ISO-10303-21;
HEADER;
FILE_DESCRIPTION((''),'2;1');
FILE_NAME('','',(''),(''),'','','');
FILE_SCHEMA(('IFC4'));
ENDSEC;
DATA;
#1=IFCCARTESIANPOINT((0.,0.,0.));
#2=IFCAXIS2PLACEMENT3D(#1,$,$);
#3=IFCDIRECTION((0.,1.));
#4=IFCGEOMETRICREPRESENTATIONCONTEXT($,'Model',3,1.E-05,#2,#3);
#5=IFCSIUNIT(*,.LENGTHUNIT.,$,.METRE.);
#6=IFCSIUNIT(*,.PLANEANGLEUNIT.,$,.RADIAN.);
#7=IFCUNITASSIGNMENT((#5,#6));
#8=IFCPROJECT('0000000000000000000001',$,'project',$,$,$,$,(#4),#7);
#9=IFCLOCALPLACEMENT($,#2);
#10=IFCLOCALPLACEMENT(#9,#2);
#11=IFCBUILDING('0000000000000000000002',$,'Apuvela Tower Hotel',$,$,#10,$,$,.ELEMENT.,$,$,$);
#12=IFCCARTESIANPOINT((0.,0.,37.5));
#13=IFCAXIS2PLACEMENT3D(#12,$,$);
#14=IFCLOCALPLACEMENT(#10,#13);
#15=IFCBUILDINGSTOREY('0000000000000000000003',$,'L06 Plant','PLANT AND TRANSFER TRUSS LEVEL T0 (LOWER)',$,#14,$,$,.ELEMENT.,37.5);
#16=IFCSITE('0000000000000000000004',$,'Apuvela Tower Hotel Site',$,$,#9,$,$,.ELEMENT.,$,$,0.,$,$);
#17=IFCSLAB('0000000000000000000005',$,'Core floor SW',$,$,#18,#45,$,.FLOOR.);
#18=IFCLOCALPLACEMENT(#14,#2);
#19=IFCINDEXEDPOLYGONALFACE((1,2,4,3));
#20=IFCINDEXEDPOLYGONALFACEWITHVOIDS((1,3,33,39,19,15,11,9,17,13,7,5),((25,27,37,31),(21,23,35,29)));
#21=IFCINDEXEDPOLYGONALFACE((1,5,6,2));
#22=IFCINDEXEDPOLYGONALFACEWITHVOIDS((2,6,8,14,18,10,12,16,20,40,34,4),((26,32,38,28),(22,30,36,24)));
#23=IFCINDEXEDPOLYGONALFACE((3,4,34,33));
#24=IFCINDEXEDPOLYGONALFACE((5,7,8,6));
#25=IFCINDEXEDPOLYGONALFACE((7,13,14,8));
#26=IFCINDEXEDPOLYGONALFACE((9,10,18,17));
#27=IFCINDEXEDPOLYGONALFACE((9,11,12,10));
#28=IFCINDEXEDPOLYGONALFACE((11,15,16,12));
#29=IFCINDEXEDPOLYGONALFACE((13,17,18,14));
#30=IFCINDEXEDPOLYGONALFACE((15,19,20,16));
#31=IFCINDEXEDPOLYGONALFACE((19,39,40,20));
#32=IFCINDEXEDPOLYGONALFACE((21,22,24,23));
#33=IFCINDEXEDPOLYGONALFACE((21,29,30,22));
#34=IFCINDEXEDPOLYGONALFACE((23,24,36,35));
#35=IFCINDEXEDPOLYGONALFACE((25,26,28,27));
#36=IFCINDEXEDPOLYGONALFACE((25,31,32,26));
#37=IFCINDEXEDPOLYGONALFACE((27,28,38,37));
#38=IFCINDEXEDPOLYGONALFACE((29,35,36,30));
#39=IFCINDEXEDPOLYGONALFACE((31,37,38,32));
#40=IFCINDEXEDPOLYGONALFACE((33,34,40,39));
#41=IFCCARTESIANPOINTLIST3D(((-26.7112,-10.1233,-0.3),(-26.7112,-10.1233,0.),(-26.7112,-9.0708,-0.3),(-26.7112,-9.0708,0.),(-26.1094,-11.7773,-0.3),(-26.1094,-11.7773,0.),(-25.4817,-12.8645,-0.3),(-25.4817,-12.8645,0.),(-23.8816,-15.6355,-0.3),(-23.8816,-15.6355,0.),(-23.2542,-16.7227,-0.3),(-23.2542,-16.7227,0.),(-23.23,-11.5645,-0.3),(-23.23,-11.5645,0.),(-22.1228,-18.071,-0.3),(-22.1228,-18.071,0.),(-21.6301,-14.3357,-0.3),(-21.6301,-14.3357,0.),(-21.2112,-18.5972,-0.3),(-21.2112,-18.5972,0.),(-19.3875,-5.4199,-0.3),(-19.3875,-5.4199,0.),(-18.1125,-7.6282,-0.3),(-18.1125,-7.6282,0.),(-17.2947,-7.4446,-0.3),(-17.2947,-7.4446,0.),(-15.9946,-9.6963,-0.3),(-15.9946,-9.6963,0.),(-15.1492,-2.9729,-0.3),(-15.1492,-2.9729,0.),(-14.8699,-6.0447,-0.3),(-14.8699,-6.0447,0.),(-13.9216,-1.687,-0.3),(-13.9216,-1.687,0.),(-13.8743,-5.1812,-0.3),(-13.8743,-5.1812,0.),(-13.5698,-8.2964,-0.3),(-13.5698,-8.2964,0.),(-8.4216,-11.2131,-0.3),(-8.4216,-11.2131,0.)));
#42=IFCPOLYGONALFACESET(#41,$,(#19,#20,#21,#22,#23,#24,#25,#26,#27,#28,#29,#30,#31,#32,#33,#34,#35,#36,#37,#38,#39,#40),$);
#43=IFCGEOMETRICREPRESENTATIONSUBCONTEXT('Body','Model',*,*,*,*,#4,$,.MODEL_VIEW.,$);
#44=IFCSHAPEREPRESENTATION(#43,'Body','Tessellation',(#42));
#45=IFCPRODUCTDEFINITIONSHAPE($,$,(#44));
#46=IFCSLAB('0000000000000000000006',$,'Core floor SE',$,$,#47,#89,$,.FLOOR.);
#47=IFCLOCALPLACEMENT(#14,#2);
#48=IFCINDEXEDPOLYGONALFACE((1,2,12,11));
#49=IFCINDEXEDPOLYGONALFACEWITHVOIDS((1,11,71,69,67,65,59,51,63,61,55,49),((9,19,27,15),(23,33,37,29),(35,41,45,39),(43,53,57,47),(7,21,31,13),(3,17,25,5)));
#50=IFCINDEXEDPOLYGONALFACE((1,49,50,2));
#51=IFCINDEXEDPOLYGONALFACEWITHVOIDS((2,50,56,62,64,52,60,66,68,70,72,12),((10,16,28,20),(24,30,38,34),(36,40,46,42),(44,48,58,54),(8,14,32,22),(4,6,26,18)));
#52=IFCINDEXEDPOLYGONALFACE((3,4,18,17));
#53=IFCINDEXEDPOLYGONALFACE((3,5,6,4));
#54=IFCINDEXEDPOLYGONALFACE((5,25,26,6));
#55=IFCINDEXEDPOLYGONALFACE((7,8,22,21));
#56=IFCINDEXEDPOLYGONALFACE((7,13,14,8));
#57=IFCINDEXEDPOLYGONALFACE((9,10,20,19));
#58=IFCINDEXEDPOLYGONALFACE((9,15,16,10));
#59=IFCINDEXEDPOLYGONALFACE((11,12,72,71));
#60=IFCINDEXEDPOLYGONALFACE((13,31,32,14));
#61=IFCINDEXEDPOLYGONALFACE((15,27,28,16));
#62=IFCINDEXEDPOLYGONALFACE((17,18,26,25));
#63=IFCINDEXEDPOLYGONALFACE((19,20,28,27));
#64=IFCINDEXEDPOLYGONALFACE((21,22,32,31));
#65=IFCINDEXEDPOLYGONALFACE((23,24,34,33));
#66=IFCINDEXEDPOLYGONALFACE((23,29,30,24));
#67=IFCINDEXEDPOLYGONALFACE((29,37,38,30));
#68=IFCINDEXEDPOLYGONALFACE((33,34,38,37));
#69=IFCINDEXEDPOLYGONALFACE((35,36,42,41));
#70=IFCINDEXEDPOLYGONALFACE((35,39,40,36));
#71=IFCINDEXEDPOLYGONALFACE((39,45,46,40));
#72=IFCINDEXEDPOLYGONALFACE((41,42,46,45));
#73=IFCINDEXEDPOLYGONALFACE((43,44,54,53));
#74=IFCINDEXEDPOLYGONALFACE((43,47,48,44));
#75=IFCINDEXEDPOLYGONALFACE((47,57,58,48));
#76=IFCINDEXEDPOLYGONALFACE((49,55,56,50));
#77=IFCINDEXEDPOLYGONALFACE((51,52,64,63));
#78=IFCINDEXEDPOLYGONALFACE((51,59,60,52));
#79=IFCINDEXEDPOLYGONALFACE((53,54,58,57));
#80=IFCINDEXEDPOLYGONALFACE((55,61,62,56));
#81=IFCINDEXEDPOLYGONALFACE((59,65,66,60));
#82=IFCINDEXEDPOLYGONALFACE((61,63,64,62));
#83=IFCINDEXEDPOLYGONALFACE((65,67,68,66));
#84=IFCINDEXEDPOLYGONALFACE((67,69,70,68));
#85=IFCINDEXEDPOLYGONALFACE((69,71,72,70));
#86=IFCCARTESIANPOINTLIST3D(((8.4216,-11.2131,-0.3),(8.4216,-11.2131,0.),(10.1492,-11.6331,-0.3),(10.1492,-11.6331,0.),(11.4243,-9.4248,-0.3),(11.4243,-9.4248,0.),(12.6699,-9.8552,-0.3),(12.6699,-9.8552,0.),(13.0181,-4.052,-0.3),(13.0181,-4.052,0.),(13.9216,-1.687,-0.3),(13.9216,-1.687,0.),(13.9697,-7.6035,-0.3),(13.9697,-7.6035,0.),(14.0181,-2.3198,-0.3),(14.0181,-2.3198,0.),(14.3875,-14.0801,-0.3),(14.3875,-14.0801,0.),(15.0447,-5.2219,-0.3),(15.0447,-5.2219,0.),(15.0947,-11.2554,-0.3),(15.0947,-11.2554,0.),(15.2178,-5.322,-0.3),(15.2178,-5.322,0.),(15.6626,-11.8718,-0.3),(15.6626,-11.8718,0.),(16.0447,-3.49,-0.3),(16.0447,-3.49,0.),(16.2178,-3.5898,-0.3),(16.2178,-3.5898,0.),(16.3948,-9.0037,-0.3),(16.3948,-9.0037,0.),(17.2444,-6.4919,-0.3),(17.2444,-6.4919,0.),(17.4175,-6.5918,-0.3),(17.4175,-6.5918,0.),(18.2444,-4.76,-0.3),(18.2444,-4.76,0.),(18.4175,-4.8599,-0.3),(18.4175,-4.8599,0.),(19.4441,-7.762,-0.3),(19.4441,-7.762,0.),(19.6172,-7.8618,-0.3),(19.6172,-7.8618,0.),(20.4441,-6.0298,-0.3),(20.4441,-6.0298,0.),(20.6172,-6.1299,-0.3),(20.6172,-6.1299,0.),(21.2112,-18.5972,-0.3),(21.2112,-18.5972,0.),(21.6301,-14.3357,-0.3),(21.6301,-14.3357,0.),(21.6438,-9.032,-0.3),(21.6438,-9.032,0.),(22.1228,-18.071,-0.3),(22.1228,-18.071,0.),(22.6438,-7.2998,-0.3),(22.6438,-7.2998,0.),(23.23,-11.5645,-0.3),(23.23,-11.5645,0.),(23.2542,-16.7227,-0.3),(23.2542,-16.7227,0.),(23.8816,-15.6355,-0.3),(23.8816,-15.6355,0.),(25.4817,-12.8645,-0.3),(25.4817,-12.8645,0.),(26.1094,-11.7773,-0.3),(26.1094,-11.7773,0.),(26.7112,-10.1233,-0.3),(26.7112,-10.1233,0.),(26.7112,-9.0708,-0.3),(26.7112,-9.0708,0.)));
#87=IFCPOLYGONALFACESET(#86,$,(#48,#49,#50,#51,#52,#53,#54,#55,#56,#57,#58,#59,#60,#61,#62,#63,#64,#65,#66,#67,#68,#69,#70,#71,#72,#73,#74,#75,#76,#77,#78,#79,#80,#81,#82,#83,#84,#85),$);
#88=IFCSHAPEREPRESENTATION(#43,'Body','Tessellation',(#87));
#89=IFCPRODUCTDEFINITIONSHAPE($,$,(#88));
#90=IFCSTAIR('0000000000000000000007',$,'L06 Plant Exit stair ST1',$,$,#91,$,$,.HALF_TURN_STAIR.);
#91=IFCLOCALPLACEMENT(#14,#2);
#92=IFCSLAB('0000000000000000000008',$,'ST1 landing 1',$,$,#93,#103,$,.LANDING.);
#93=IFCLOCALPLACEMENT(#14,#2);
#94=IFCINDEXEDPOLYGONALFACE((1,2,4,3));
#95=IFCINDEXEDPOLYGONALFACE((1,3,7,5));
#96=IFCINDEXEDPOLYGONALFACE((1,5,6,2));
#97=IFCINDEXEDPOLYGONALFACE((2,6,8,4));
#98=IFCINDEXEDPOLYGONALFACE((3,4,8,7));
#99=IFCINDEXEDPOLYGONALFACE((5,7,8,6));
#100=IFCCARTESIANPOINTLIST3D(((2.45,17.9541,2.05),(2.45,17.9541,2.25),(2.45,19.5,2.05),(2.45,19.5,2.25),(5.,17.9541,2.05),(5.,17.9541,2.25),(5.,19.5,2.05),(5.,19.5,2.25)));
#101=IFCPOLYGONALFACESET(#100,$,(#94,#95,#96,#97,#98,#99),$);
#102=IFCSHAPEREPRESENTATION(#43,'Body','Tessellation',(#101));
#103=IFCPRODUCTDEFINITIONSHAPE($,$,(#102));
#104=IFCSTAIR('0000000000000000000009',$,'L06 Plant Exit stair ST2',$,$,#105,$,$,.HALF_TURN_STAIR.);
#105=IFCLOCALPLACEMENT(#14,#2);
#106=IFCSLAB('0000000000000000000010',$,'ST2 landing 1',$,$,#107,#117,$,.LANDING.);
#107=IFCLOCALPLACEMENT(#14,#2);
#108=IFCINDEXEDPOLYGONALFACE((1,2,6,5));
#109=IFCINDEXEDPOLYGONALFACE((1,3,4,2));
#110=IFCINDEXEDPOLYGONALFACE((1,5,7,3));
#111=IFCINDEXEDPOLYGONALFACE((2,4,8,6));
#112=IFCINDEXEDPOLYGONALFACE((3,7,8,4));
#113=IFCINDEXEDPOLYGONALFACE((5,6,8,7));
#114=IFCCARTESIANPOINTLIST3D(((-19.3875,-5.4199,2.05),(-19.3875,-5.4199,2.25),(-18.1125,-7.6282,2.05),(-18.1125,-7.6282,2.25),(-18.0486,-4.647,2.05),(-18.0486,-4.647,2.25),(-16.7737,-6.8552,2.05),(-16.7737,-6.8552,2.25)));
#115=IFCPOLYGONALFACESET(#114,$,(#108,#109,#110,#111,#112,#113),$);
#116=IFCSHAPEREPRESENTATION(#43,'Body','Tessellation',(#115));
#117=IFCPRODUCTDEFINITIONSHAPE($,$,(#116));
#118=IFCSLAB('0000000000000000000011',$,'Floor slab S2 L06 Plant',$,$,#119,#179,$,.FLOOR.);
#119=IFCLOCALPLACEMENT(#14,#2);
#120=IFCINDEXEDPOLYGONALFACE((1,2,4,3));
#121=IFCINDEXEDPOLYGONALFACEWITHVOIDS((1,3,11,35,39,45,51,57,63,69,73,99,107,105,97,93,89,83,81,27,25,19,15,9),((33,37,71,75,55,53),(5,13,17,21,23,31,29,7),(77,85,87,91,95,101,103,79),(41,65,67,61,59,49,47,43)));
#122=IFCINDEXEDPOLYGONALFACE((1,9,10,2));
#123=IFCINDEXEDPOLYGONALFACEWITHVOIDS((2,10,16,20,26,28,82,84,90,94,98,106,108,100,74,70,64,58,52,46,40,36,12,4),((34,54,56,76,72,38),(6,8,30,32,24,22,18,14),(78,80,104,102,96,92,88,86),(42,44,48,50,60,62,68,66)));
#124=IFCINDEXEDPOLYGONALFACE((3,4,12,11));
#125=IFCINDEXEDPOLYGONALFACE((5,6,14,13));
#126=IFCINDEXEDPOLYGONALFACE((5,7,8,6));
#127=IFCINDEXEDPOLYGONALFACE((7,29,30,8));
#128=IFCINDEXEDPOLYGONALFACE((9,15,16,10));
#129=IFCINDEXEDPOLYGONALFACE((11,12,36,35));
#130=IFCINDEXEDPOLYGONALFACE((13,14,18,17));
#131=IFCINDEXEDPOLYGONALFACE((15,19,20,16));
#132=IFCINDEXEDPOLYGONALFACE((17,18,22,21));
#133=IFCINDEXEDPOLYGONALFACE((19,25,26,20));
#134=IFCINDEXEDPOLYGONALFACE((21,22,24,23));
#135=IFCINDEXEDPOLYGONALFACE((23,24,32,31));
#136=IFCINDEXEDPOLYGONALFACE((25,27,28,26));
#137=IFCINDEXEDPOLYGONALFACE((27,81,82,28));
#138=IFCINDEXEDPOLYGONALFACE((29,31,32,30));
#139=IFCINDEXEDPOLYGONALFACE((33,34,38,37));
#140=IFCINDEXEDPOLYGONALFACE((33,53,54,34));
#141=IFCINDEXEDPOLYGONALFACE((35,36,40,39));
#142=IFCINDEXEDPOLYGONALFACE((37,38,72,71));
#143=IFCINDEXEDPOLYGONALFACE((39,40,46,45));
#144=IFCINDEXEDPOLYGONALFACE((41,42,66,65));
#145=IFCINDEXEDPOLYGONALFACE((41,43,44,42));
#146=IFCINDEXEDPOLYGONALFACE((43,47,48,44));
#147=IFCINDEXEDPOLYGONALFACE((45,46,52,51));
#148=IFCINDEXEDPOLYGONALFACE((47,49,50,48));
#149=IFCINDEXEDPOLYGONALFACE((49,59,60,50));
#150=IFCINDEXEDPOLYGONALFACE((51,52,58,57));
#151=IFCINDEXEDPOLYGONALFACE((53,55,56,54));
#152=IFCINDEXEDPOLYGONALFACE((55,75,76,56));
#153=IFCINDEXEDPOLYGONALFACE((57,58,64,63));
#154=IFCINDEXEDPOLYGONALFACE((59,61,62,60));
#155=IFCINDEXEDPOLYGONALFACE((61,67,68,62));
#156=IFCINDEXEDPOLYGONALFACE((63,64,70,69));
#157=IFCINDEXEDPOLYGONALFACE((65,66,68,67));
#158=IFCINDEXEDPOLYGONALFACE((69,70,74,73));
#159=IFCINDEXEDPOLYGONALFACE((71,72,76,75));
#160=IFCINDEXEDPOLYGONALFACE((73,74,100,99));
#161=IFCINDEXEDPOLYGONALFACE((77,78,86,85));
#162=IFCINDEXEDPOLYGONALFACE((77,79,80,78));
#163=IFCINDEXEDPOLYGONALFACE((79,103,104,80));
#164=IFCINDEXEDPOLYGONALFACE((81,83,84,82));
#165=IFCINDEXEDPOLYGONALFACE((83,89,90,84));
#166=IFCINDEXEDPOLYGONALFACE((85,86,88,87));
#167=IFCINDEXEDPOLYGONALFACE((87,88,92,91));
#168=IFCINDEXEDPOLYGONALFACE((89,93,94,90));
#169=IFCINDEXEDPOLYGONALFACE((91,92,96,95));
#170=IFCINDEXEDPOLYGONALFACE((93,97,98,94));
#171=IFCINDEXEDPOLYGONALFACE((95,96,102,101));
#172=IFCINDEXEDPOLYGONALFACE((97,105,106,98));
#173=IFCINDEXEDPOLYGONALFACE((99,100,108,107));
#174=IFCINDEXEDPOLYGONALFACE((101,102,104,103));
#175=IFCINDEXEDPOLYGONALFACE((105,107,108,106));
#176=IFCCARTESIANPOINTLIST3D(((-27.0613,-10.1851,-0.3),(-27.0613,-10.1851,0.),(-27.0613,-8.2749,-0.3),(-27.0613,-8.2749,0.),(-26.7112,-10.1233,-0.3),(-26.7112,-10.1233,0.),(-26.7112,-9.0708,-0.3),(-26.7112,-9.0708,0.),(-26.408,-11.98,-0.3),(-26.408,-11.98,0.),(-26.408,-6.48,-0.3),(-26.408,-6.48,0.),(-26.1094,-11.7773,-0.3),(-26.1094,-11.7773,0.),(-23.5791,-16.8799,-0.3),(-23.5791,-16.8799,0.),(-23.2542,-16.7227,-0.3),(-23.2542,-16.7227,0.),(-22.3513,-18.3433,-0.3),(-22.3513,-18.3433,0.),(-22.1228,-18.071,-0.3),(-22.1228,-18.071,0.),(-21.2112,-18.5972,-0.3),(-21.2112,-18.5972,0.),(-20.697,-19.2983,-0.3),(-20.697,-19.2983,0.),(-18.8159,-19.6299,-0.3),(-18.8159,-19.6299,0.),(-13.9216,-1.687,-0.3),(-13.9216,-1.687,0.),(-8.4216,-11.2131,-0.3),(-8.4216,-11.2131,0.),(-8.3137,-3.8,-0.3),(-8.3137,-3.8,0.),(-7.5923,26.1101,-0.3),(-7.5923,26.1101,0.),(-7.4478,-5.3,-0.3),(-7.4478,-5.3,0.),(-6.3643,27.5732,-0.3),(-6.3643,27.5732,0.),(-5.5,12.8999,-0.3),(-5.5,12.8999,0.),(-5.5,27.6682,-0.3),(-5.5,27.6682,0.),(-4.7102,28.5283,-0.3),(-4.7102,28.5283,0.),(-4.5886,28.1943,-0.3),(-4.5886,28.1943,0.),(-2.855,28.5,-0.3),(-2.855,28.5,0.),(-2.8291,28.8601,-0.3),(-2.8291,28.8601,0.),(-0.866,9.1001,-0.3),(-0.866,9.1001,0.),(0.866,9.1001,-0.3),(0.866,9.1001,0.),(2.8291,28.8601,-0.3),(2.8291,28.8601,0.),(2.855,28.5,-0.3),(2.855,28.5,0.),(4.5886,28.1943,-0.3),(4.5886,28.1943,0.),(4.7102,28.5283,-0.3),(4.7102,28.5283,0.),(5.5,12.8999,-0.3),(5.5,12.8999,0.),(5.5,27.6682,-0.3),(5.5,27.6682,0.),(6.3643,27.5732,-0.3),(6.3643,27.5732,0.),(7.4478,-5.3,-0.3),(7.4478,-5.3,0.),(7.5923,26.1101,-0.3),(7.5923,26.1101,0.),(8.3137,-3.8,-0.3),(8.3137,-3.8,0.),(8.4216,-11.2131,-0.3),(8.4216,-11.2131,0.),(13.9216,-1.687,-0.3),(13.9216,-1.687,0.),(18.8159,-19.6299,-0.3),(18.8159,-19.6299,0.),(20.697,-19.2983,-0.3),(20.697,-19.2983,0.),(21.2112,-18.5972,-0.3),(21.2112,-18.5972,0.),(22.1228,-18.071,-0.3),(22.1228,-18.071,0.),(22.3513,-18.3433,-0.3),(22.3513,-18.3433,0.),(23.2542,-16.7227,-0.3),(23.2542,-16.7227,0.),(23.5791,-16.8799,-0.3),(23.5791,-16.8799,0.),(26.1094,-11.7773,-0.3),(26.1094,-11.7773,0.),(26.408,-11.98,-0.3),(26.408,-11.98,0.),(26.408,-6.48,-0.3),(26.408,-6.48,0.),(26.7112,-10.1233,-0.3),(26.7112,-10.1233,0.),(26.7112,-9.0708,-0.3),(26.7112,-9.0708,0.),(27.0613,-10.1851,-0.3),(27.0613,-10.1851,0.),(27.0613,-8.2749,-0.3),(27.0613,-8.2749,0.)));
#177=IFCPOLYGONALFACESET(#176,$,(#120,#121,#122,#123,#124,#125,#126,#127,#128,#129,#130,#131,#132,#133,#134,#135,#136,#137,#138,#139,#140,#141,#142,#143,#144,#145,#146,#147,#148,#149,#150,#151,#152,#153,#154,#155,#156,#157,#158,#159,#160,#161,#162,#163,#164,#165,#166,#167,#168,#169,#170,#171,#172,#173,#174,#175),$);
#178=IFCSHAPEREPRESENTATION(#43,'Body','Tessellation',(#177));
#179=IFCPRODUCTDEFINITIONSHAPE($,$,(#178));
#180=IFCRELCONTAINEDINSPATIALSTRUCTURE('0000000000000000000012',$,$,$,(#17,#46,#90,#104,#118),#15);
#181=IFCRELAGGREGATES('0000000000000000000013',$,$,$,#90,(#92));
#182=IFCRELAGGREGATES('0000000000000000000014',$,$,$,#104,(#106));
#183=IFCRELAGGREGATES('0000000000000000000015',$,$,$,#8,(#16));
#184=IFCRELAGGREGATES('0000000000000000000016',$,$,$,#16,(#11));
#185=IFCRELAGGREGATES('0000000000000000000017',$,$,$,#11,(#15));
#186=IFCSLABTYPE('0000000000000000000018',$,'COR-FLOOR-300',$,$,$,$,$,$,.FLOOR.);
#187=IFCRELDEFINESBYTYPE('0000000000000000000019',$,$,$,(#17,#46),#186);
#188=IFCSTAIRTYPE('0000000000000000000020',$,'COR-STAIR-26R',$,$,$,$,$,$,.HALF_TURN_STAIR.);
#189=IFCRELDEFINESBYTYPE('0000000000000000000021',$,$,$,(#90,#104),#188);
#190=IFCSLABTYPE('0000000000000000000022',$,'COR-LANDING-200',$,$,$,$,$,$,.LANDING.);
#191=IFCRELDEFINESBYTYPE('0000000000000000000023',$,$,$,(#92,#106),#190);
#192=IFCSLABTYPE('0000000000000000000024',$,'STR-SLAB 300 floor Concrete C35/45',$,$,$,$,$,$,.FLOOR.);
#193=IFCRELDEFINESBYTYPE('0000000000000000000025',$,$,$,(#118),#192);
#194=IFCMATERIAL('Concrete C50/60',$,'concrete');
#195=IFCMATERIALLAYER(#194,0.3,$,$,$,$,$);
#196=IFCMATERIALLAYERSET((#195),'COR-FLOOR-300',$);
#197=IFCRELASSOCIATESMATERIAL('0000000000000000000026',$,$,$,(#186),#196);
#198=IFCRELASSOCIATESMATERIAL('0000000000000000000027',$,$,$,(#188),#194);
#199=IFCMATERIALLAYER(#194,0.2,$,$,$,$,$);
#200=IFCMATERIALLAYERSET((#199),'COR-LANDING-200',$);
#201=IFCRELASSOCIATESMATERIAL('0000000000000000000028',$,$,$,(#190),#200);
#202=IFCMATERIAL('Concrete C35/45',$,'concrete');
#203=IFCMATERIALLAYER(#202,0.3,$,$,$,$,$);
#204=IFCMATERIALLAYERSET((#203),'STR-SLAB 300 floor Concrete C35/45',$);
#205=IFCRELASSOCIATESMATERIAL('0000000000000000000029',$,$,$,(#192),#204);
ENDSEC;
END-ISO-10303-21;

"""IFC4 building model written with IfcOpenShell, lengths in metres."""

from ifc_helpers import new_model, si_unit, direction, frame, origin, place, context, subcontext, project, spatial, polyline, outline, extrude, material, layer, layer_set, type_object, element, aggregate, save


model = new_model("IFC4")

# Units and contexts
model_context = context("Model", 3, precision=1e-05, world=origin(), true_north=direction((0.0, 1.0)))
body_context = subcontext(model_context, "Body", "Model", "MODEL_VIEW")
ifc_project = project(units=[si_unit("LENGTHUNIT", "METRE"), si_unit("PLANEANGLEUNIT", "RADIAN")], contexts=[model_context])

# Site, building, storey
site_placement = place(None, origin())
site = spatial("IfcSite", under=ifc_project, at=site_placement, Name="Apuvela Tower Hotel Site", CompositionType="ELEMENT", RefElevation=0.0)
building_placement = place(site_placement, origin())
building = spatial("IfcBuilding", under=site, at=building_placement, Name="Apuvela Tower Hotel", CompositionType="ELEMENT")
storey_placement = place(building_placement, frame((0.0, 0.0, 37.5)))
storey = spatial("IfcBuildingStorey", under=building, at=storey_placement, Name="L06 Plant", Description="PLANT AND TRANSFER TRUSS LEVEL T0 (LOWER)", CompositionType="ELEMENT", Elevation=37.5)

# Slabs
ifc_material_1 = material(Name="Concrete C50/60", Category="concrete")
ifc_layer_1 = layer(ifc_material_1, 0.3)
ifc_layer_set_1 = layer_set([ifc_layer_1], Name="COR-FLOOR-300")
slab_type_1 = type_object("IfcSlabType", Name="COR-FLOOR-300", PredefinedType="FLOOR", material=ifc_layer_set_1)
slab_1_placement = place(storey_placement, frame((0.0, 0.0, -0.3)))
element("IfcSlab", 1, at=slab_1_placement, inside=storey, type_object=slab_type_1, Name="Core floor SW", PredefinedType="FLOOR", context=body_context, shape_type="SweptSolid", body=[
    extrude(outline(polyline([(-26.7112, -9.0708), (-26.7112, -10.1233), (-26.1094, -11.7773), (-25.4817, -12.8645), (-23.23, -11.5645), (-21.6301, -14.3357), (-23.8816, -15.6355), (-23.2542, -16.7227), (-22.1228, -18.071), (-21.2112, -18.5972), (-8.4216, -11.2131), (-13.9216, -1.687), (-26.7112, -9.0708)]), holes=[polyline([(-13.8743, -5.1812), (-18.1125, -7.6282), (-19.3875, -5.4199), (-15.1492, -2.9729), (-13.8743, -5.1812)]), polyline([(-13.5698, -8.2964), (-15.9946, -9.6963), (-17.2947, -7.4446), (-14.8699, -6.0447), (-13.5698, -8.2964)])]), origin(), (0.0, 0.0, 1.0), 0.3),
])
slab_2_placement = place(storey_placement, frame((0.0, 0.0, -0.3)))
element("IfcSlab", 2, at=slab_2_placement, inside=storey, type_object=slab_type_1, Name="Core floor SE", PredefinedType="FLOOR", context=body_context, shape_type="SweptSolid", body=[
    extrude(outline(polyline([(21.2112, -18.5972), (22.1228, -18.071), (23.2542, -16.7227), (23.8816, -15.6355), (21.6301, -14.3357), (23.23, -11.5645), (25.4817, -12.8645), (26.1094, -11.7773), (26.7112, -10.1233), (26.7112, -9.0708), (13.9216, -1.687), (8.4216, -11.2131), (21.2112, -18.5972)]), holes=[polyline([(13.0181, -4.052), (14.0181, -2.3198), (16.0447, -3.49), (15.0447, -5.2219), (13.0181, -4.052)]), polyline([(17.2444, -6.4919), (15.2178, -5.322), (16.2178, -3.5898), (18.2444, -4.76), (17.2444, -6.4919)]), polyline([(14.3875, -14.0801), (10.1492, -11.6331), (11.4243, -9.4248), (15.6626, -11.8718), (14.3875, -14.0801)]), polyline([(12.6699, -9.8552), (13.9697, -7.6035), (16.3948, -9.0037), (15.0947, -11.2554), (12.6699, -9.8552)]), polyline([(19.4441, -7.762), (17.4175, -6.5918), (18.4175, -4.8599), (20.4441, -6.0298), (19.4441, -7.762)]), polyline([(21.6438, -9.032), (19.6172, -7.8618), (20.6172, -6.1299), (22.6438, -7.2998), (21.6438, -9.032)])]), origin(), (0.0, 0.0, 1.0), 0.3),
])

# Stairs, slabs
stair_type = type_object("IfcStairType", Name="COR-STAIR-26R", PredefinedType="HALF_TURN_STAIR", material=ifc_material_1)
stair_1_placement = place(storey_placement, origin())
stair_1 = element("IfcStair", 3, at=stair_1_placement, inside=storey, type_object=stair_type, Name="L06 Plant Exit stair ST1", PredefinedType="HALF_TURN_STAIR")
ifc_layer_2 = layer(ifc_material_1, 0.2)
ifc_layer_set_2 = layer_set([ifc_layer_2], Name="COR-LANDING-200")
slab_type_2 = type_object("IfcSlabType", Name="COR-LANDING-200", PredefinedType="LANDING", material=ifc_layer_set_2)
slab_3_placement = place(storey_placement, frame((0.0, 0.0, 2.05)))
slab_3 = element("IfcSlab", 4, at=slab_3_placement, type_object=slab_type_2, Name="ST1 landing 1", PredefinedType="LANDING", context=body_context, shape_type="SweptSolid", body=[
    extrude(outline(polyline([(5.0, 17.9541), (5.0, 19.5), (2.45, 19.5), (2.45, 17.9541), (5.0, 17.9541)])), origin(), (0.0, 0.0, 1.0), 0.2),
])
aggregate(stair_1, [slab_3])
stair_2_placement = place(storey_placement, origin())
stair_2 = element("IfcStair", 5, at=stair_2_placement, inside=storey, type_object=stair_type, Name="L06 Plant Exit stair ST2", PredefinedType="HALF_TURN_STAIR")
slab_4_placement = place(storey_placement, frame((0.0, 0.0, 2.05)))
slab_4 = element("IfcSlab", 6, at=slab_4_placement, type_object=slab_type_2, Name="ST2 landing 1", PredefinedType="LANDING", context=body_context, shape_type="SweptSolid", body=[
    extrude(outline(polyline([(-18.0486, -4.647), (-19.3875, -5.4199), (-18.1125, -7.6282), (-16.7737, -6.8552), (-18.0486, -4.647)])), origin(), (0.0, 0.0, 1.0), 0.2),
])
aggregate(stair_2, [slab_4])

# Slab
ifc_material_2 = material(Name="Concrete C35/45", Category="concrete")
ifc_layer_3 = layer(ifc_material_2, 0.3)
ifc_layer_set_3 = layer_set([ifc_layer_3], Name="STR-SLAB 300 floor Concrete C35/45")
slab_type_3 = type_object("IfcSlabType", Name="STR-SLAB 300 floor Concrete C35/45", PredefinedType="FLOOR", material=ifc_layer_set_3)
slab_5_placement = place(storey_placement, frame((0.0, 0.0, -0.3)))
element("IfcSlab", 7, at=slab_5_placement, inside=storey, type_object=slab_type_3, Name="Floor slab S2 L06 Plant", PredefinedType="FLOOR", context=body_context, shape_type="SweptSolid", body=[
    extrude(outline(polyline([(7.5923, 26.1101), (6.3643, 27.5732), (4.7102, 28.5283), (2.8291, 28.8601), (-2.8291, 28.8601), (-4.7102, 28.5283), (-6.3643, 27.5732), (-7.5923, 26.1101), (-26.408, -6.48), (-27.0613, -8.2749), (-27.0613, -10.1851), (-26.408, -11.98), (-23.5791, -16.8799), (-22.3513, -18.3433), (-20.697, -19.2983), (-18.8159, -19.6299), (18.8159, -19.6299), (20.697, -19.2983), (22.3513, -18.3433), (23.5791, -16.8799), (26.408, -11.98), (27.0613, -10.1851), (27.0613, -8.2749), (26.408, -6.48), (7.5923, 26.1101)]), holes=[polyline([(0.866, 9.1001), (-0.866, 9.1001), (-8.3137, -3.8), (-7.4478, -5.3), (7.4478, -5.3), (8.3137, -3.8), (0.866, 9.1001)]), polyline([(-5.5, 12.8999), (-5.5, 27.6682), (-4.5886, 28.1943), (-2.855, 28.5), (2.855, 28.5), (4.5886, 28.1943), (5.5, 27.6682), (5.5, 12.8999), (-5.5, 12.8999)]), polyline([(-8.4216, -11.2131), (-21.2112, -18.5972), (-22.1228, -18.071), (-23.2542, -16.7227), (-26.1094, -11.7773), (-26.7112, -10.1233), (-26.7112, -9.0708), (-13.9216, -1.687), (-8.4216, -11.2131)]), polyline([(13.9216, -1.687), (26.7112, -9.0708), (26.7112, -10.1233), (26.1094, -11.7773), (23.2542, -16.7227), (22.1228, -18.071), (21.2112, -18.5972), (8.4216, -11.2131), (13.9216, -1.687)])]), origin(), (0.0, 0.0, 1.0), 0.3),
])

save(model, "model.ifc")
